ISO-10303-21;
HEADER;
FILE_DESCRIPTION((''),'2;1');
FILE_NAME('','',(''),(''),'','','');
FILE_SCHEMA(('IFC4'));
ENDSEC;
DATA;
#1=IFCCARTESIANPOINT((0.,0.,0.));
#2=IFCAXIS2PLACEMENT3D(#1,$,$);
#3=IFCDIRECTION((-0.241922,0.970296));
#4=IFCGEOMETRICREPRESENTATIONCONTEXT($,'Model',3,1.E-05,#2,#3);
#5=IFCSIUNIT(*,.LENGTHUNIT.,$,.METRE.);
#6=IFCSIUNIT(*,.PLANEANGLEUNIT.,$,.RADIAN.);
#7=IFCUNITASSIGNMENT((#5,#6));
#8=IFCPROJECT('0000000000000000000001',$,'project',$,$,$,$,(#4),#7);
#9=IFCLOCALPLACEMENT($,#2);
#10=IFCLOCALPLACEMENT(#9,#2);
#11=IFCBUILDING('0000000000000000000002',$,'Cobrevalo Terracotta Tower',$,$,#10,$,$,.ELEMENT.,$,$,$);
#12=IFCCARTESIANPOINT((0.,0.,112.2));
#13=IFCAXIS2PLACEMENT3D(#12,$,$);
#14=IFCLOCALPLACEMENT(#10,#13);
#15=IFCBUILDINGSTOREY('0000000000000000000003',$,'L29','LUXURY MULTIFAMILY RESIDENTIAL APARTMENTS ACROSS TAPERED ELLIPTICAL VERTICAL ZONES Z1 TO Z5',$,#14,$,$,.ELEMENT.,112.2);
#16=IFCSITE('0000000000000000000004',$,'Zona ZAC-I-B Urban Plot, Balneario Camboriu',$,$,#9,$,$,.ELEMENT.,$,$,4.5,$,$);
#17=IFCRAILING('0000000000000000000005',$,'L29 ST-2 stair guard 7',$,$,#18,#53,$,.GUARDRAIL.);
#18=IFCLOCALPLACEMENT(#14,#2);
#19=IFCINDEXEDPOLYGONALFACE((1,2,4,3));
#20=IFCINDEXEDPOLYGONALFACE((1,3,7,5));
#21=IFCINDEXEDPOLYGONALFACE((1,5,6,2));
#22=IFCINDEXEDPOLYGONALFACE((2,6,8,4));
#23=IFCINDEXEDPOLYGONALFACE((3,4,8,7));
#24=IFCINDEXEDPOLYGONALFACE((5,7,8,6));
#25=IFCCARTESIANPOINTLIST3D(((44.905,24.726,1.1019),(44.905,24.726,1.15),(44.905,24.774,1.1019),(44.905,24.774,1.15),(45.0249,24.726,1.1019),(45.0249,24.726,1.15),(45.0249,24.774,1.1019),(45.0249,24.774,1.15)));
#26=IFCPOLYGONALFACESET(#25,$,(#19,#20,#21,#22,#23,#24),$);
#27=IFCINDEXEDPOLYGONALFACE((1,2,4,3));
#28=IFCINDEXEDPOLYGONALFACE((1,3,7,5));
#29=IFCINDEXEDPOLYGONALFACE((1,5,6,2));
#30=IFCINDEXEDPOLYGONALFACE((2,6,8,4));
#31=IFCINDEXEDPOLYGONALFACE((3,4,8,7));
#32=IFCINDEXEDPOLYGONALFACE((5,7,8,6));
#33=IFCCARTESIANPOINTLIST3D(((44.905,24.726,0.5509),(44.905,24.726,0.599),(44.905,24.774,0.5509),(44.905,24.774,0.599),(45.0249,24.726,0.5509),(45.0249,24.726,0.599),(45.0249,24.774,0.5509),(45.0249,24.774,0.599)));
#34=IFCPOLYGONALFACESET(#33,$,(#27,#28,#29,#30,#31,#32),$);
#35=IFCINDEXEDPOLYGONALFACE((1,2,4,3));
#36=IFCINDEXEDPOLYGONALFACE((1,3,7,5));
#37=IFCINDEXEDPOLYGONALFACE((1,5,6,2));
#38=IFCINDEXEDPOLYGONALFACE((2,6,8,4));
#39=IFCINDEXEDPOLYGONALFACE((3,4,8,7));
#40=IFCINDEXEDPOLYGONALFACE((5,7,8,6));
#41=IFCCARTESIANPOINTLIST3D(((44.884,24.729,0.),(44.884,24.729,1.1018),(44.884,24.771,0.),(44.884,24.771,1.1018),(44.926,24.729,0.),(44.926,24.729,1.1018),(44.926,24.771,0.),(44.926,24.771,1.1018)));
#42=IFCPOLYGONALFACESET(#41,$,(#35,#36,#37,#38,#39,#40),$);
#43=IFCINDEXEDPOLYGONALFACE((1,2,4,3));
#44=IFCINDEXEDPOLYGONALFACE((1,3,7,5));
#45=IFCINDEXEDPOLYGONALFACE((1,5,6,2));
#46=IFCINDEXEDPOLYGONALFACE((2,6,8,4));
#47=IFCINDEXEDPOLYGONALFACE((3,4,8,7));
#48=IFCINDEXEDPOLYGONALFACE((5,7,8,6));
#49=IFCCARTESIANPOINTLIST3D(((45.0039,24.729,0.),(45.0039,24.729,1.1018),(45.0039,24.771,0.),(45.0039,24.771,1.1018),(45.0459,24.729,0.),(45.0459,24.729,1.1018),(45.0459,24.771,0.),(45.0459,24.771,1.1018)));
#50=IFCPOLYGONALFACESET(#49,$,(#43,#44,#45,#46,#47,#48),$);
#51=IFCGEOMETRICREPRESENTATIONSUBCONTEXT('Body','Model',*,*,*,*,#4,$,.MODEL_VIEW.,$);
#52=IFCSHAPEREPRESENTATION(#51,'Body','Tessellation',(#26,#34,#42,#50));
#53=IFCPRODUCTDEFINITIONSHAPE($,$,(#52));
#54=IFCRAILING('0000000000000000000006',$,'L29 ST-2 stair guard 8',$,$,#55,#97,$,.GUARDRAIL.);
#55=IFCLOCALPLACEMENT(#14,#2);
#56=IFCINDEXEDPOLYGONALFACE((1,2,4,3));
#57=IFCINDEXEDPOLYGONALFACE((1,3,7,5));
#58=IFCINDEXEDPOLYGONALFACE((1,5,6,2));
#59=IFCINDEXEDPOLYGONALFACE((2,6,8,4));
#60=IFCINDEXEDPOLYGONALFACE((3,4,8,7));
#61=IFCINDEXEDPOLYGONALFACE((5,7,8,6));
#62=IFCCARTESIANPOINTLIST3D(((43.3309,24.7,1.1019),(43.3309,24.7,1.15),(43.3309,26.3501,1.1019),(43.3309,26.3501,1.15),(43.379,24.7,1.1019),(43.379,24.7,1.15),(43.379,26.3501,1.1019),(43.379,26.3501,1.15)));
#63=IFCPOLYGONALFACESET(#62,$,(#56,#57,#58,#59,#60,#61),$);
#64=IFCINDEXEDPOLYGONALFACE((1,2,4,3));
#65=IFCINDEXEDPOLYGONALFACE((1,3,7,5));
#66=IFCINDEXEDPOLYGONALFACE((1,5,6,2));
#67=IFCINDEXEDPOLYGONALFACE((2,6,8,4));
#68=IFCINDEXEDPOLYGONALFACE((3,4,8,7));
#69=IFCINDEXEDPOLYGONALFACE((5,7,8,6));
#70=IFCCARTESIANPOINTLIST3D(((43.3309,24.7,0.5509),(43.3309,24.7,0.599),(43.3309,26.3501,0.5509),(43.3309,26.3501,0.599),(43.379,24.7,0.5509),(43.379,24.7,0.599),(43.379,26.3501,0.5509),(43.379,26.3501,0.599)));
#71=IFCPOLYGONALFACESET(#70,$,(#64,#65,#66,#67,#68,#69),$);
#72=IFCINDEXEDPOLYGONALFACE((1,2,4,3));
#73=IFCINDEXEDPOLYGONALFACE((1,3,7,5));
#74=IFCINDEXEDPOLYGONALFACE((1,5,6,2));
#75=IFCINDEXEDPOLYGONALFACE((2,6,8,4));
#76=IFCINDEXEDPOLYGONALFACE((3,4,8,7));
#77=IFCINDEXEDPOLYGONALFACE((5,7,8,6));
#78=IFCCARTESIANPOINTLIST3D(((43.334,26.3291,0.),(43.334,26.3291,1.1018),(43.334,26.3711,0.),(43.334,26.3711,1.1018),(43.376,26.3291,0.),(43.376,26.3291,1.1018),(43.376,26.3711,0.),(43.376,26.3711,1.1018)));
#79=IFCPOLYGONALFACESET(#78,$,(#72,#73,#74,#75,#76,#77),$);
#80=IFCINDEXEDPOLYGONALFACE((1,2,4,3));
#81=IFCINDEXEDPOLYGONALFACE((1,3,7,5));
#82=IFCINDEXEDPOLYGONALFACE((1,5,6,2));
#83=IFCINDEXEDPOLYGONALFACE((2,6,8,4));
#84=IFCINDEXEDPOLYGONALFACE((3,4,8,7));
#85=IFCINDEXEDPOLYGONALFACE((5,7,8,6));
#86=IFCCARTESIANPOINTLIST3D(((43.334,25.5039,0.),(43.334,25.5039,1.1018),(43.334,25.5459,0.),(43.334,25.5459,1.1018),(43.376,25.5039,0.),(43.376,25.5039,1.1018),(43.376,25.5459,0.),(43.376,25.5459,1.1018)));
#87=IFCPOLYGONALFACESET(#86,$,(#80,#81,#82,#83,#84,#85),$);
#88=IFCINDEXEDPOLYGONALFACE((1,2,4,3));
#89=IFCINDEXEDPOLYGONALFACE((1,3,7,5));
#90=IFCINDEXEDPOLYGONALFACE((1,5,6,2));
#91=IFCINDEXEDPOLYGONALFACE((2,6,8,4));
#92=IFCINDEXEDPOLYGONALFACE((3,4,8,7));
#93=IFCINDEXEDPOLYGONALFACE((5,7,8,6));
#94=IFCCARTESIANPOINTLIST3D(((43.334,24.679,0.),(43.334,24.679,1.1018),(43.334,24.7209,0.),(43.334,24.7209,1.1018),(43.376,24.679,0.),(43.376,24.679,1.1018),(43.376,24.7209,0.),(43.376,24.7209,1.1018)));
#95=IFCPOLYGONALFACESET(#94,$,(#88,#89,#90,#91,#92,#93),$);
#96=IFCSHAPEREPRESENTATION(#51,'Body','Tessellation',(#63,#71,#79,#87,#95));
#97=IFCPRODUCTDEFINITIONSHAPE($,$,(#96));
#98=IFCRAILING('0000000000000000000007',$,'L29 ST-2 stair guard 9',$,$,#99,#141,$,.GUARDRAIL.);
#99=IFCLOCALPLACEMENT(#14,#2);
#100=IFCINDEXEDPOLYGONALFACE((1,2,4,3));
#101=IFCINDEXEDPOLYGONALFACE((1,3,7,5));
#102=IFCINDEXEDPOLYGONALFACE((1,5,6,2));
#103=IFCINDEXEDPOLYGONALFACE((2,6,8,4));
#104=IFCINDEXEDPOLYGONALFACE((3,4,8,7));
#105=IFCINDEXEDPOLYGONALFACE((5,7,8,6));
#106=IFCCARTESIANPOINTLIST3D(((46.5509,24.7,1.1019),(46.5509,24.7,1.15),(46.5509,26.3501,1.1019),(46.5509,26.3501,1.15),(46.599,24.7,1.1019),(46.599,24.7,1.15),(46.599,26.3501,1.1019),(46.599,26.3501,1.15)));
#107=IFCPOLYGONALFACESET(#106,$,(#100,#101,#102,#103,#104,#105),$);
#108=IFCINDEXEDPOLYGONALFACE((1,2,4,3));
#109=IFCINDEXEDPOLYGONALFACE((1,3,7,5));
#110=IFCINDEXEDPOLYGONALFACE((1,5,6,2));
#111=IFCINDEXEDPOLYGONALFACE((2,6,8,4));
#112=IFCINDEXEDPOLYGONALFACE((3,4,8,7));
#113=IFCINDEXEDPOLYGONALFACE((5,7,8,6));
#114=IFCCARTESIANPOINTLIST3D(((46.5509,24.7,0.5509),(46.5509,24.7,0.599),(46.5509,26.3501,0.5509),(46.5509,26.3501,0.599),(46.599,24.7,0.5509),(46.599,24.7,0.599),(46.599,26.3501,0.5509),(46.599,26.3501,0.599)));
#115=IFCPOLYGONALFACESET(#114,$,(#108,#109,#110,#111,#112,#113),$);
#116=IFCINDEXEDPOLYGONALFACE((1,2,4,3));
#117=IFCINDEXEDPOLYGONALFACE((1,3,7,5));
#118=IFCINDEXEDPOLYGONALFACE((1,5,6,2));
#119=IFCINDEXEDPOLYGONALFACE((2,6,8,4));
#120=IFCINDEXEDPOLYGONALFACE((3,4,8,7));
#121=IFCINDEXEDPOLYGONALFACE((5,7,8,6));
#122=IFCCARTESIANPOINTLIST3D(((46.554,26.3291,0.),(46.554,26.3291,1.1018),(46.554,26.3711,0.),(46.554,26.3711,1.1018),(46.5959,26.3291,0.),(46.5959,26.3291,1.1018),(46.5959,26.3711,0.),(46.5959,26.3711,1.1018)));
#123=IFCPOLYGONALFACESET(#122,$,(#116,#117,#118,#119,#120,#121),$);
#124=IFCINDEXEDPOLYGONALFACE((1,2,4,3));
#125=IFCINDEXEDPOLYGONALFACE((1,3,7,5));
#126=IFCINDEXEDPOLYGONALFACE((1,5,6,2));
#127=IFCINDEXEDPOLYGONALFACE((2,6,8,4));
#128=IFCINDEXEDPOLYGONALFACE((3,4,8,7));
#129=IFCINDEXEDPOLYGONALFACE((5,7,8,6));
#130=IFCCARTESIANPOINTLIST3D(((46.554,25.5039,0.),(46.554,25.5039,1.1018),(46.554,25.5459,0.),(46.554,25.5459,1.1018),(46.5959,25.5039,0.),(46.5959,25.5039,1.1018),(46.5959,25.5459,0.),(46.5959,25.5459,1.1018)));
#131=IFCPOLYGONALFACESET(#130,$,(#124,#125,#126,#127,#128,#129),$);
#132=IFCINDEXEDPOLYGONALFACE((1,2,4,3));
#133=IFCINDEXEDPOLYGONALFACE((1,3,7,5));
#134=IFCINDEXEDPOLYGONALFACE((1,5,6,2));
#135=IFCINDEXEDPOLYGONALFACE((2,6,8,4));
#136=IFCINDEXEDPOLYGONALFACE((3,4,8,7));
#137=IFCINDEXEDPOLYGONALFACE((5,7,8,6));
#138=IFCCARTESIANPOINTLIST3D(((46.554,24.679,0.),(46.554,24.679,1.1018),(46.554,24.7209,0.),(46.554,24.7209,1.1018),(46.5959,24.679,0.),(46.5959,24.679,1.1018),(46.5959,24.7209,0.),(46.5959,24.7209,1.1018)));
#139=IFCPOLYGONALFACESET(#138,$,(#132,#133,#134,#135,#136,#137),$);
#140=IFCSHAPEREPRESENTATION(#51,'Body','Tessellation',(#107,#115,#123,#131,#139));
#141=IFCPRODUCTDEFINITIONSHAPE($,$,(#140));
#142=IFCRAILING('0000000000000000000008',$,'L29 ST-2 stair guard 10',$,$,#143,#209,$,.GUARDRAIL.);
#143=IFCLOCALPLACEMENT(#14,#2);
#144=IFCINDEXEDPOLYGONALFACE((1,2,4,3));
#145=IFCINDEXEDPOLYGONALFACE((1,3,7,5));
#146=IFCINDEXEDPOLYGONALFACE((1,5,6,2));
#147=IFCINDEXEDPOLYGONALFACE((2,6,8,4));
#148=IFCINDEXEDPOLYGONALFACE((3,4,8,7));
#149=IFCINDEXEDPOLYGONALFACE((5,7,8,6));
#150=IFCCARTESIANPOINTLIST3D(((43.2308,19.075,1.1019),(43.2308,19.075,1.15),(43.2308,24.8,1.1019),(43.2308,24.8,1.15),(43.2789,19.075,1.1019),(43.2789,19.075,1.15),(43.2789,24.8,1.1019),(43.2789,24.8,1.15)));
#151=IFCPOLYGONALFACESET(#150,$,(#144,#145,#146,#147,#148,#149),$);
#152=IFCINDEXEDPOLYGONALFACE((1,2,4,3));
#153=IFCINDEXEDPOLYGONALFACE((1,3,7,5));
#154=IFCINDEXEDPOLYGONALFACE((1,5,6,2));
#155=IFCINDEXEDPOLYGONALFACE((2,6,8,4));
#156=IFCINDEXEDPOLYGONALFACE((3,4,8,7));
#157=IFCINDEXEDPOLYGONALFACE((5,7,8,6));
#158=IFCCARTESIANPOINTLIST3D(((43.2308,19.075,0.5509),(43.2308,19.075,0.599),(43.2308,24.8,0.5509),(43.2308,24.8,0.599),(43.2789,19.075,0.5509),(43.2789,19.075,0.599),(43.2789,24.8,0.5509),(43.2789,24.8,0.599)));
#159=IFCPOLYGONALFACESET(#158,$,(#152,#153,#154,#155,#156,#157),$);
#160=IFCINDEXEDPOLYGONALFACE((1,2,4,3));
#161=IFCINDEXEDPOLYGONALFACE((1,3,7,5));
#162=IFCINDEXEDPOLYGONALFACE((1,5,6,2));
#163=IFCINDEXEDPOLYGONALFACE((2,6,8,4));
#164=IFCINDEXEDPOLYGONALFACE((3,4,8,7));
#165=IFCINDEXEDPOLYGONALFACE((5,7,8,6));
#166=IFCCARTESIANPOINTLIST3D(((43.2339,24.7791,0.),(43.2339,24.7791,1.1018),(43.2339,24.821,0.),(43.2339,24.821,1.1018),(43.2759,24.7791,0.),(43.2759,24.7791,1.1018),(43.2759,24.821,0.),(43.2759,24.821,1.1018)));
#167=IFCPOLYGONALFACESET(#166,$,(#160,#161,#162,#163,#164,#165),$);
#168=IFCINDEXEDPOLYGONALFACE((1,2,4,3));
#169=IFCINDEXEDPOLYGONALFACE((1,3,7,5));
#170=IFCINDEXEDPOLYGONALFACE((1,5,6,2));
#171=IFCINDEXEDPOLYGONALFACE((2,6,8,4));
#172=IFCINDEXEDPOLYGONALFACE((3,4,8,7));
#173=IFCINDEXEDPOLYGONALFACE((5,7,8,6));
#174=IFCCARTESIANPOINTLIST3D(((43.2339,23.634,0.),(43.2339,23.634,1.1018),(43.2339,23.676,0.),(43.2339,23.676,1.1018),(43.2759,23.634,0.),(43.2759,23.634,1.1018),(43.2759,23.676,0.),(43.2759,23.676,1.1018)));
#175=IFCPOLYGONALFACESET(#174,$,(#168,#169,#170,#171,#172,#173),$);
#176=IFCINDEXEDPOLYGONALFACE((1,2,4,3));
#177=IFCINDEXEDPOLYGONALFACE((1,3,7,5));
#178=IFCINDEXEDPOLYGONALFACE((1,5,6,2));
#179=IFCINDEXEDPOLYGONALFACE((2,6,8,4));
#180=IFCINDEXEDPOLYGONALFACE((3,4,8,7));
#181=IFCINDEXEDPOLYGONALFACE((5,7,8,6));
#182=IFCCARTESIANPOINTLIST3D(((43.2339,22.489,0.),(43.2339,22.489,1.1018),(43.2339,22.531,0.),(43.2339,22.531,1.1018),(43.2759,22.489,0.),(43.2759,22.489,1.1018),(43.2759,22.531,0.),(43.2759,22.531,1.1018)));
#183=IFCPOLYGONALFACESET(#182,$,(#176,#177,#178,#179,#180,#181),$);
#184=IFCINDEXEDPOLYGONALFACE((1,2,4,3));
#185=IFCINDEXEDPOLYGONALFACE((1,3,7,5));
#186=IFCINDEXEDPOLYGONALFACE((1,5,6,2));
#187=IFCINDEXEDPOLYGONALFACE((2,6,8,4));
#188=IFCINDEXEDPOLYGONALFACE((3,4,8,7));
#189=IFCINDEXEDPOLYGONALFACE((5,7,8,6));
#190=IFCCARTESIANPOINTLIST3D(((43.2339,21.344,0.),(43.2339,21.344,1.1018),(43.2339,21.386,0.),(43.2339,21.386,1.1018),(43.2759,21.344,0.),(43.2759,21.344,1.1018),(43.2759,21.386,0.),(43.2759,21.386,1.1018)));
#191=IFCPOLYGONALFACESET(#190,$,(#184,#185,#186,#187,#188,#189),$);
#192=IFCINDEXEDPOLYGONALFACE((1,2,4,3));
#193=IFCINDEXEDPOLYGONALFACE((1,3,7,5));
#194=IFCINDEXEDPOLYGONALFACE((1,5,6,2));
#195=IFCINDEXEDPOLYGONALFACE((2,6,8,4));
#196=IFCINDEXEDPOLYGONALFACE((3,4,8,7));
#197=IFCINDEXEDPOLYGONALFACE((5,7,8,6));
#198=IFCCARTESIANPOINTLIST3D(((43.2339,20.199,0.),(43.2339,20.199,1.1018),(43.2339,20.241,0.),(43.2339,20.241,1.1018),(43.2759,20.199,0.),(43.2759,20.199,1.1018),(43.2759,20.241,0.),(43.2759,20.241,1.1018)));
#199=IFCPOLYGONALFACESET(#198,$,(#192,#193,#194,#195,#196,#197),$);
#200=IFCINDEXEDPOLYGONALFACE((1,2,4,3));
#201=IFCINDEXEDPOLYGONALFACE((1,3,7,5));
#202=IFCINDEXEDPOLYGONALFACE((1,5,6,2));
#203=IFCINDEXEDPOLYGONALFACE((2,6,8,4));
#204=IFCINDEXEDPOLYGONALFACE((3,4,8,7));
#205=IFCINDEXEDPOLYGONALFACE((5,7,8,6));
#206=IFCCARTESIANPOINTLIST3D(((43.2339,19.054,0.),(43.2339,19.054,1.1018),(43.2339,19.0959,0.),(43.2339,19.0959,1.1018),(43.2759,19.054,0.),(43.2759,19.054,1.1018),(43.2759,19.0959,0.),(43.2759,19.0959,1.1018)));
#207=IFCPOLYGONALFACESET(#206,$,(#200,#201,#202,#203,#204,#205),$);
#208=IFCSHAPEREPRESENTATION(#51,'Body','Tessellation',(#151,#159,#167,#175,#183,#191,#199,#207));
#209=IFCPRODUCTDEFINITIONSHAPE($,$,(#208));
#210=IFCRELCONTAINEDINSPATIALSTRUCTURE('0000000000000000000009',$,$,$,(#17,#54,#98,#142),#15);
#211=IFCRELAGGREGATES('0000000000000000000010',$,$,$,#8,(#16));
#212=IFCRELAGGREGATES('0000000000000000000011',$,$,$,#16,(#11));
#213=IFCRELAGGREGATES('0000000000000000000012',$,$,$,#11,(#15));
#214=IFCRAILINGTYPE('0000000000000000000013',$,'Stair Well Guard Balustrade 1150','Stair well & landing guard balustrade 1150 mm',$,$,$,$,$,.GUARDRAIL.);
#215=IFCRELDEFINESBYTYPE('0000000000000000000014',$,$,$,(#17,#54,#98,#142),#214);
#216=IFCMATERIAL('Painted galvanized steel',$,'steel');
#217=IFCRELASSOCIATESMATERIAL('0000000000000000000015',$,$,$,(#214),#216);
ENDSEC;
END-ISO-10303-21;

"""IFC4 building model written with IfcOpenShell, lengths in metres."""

from ifc_helpers import new_model, si_unit, direction, frame, origin, origin_2d, place, context, subcontext, project, spatial, rectangle, extrude, material, type_object, element, save


model = new_model("IFC4")

# Units and contexts
model_context = context("Model", 3, precision=1e-05, world=origin(), true_north=direction((-0.241922, 0.970296)))
body_context = subcontext(model_context, "Body", "Model", "MODEL_VIEW")
ifc_project = project(units=[si_unit("LENGTHUNIT", "METRE"), si_unit("PLANEANGLEUNIT", "RADIAN")], contexts=[model_context])

# Site, building, storey
site_placement = place(None, origin())
site = spatial("IfcSite", under=ifc_project, at=site_placement, Name="Zona ZAC-I-B Urban Plot, Balneario Camboriu", CompositionType="ELEMENT", RefElevation=4.5)
building_placement = place(site_placement, origin())
building = spatial("IfcBuilding", under=site, at=building_placement, Name="Cobrevalo Terracotta Tower", CompositionType="ELEMENT")
storey_placement = place(building_placement, frame((0.0, 0.0, 112.2)))
storey = spatial("IfcBuildingStorey", under=building, at=storey_placement, Name="L29", Description="LUXURY MULTIFAMILY RESIDENTIAL APARTMENTS ACROSS TAPERED ELLIPTICAL VERTICAL ZONES Z1 TO Z5", CompositionType="ELEMENT", Elevation=112.2)

# Railings
ifc_material_1 = material(Name="Painted galvanized steel", Category="steel")
railing_type = type_object("IfcRailingType", Name="Stair Well Guard Balustrade 1150", Description="Stair well & landing guard balustrade 1150 mm", PredefinedType="GUARDRAIL", material=ifc_material_1)
railing_1_placement = place(storey_placement, frame((44.905, 24.75, 0.0)))
element("IfcRailing", 1, at=railing_1_placement, inside=storey, type_object=railing_type, Name="L29 ST-2 stair guard 7", PredefinedType="GUARDRAIL", context=body_context, shape_type="SweptSolid", body=[
    extrude(rectangle(XDim=0.0481, YDim=0.0481, at=origin_2d()), frame((0.0, 0.0, 1.126), z_axis=(1.0, 0.0, 0.0), x_axis=(0.0, 1.0, 0.0)), (0.0, 0.0, 1.0), 0.1199),
    extrude(rectangle(XDim=0.0481, YDim=0.0481, at=origin_2d()), frame((0.0, 0.0, 0.575), z_axis=(1.0, 0.0, 0.0), x_axis=(0.0, 1.0, 0.0)), (0.0, 0.0, 1.0), 0.1199),
    extrude(rectangle(XDim=0.042, YDim=0.042, at=origin_2d()), origin(), (0.0, 0.0, 1.0), 1.1018),
    extrude(rectangle(XDim=0.042, YDim=0.042, at=origin_2d()), frame((0.1199, 0.0, 0.0)), (0.0, 0.0, 1.0), 1.1018),
])
for number, where, name in (
    (2, (43.355, 26.3501, 0.0), "L29 ST-2 stair guard 8"),
    (3, (46.575, 26.3501, 0.0), "L29 ST-2 stair guard 9"),
):
    element("IfcRailing", number, at=place(storey_placement, frame(where)), inside=storey, type_object=railing_type, Name=name, PredefinedType="GUARDRAIL", context=body_context, shape_type="SweptSolid", body=[
        extrude(rectangle(XDim=0.0481, YDim=0.0481, at=origin_2d()), frame((0.0, 0.0, 1.126), z_axis=(0.0, -1.0, 0.0), x_axis=(1.0, 0.0, 0.0)), (0.0, 0.0, 1.0), 1.6501),
        extrude(rectangle(XDim=0.0481, YDim=0.0481, at=origin_2d()), frame((0.0, 0.0, 0.575), z_axis=(0.0, -1.0, 0.0), x_axis=(1.0, 0.0, 0.0)), (0.0, 0.0, 1.0), 1.6501),
        extrude(rectangle(XDim=0.042, YDim=0.042, at=origin_2d()), origin(), (0.0, 0.0, 1.0), 1.1018),
        extrude(rectangle(XDim=0.042, YDim=0.042, at=origin_2d()), frame((0.0, -0.8252, 0.0)), (0.0, 0.0, 1.0), 1.1018),
        extrude(rectangle(XDim=0.042, YDim=0.042, at=origin_2d()), frame((0.0, -1.6501, 0.0)), (0.0, 0.0, 1.0), 1.1018),
    ])
for number, where, name in (
    (4, (43.2549, 24.8, 0.0), "L29 ST-2 stair guard 10"),
):
    element("IfcRailing", number, at=place(storey_placement, frame(where)), inside=storey, type_object=railing_type, Name=name, PredefinedType="GUARDRAIL", context=body_context, shape_type="SweptSolid", body=[
        extrude(rectangle(XDim=0.0481, YDim=0.0481, at=origin_2d()), frame((0.0, 0.0, 1.126), z_axis=(0.0, -1.0, 0.0), x_axis=(1.0, 0.0, 0.0)), (0.0, 0.0, 1.0), 5.7251),
        extrude(rectangle(XDim=0.0481, YDim=0.0481, at=origin_2d()), frame((0.0, 0.0, 0.575), z_axis=(0.0, -1.0, 0.0), x_axis=(1.0, 0.0, 0.0)), (0.0, 0.0, 1.0), 5.7251),
        extrude(rectangle(XDim=0.042, YDim=0.042, at=origin_2d()), origin(), (0.0, 0.0, 1.0), 1.1018),
        extrude(rectangle(XDim=0.042, YDim=0.042, at=origin_2d()), frame((0.0, -1.145, 0.0)), (0.0, 0.0, 1.0), 1.1018),
        extrude(rectangle(XDim=0.042, YDim=0.042, at=origin_2d()), frame((0.0, -2.29, 0.0)), (0.0, 0.0, 1.0), 1.1018),
        extrude(rectangle(XDim=0.042, YDim=0.042, at=origin_2d()), frame((0.0, -3.4351, 0.0)), (0.0, 0.0, 1.0), 1.1018),
        extrude(rectangle(XDim=0.042, YDim=0.042, at=origin_2d()), frame((0.0, -4.5801, 0.0)), (0.0, 0.0, 1.0), 1.1018),
        extrude(rectangle(XDim=0.042, YDim=0.042, at=origin_2d()), frame((0.0, -5.7251, 0.0)), (0.0, 0.0, 1.0), 1.1018),
    ])

save(model, "model.ifc")
